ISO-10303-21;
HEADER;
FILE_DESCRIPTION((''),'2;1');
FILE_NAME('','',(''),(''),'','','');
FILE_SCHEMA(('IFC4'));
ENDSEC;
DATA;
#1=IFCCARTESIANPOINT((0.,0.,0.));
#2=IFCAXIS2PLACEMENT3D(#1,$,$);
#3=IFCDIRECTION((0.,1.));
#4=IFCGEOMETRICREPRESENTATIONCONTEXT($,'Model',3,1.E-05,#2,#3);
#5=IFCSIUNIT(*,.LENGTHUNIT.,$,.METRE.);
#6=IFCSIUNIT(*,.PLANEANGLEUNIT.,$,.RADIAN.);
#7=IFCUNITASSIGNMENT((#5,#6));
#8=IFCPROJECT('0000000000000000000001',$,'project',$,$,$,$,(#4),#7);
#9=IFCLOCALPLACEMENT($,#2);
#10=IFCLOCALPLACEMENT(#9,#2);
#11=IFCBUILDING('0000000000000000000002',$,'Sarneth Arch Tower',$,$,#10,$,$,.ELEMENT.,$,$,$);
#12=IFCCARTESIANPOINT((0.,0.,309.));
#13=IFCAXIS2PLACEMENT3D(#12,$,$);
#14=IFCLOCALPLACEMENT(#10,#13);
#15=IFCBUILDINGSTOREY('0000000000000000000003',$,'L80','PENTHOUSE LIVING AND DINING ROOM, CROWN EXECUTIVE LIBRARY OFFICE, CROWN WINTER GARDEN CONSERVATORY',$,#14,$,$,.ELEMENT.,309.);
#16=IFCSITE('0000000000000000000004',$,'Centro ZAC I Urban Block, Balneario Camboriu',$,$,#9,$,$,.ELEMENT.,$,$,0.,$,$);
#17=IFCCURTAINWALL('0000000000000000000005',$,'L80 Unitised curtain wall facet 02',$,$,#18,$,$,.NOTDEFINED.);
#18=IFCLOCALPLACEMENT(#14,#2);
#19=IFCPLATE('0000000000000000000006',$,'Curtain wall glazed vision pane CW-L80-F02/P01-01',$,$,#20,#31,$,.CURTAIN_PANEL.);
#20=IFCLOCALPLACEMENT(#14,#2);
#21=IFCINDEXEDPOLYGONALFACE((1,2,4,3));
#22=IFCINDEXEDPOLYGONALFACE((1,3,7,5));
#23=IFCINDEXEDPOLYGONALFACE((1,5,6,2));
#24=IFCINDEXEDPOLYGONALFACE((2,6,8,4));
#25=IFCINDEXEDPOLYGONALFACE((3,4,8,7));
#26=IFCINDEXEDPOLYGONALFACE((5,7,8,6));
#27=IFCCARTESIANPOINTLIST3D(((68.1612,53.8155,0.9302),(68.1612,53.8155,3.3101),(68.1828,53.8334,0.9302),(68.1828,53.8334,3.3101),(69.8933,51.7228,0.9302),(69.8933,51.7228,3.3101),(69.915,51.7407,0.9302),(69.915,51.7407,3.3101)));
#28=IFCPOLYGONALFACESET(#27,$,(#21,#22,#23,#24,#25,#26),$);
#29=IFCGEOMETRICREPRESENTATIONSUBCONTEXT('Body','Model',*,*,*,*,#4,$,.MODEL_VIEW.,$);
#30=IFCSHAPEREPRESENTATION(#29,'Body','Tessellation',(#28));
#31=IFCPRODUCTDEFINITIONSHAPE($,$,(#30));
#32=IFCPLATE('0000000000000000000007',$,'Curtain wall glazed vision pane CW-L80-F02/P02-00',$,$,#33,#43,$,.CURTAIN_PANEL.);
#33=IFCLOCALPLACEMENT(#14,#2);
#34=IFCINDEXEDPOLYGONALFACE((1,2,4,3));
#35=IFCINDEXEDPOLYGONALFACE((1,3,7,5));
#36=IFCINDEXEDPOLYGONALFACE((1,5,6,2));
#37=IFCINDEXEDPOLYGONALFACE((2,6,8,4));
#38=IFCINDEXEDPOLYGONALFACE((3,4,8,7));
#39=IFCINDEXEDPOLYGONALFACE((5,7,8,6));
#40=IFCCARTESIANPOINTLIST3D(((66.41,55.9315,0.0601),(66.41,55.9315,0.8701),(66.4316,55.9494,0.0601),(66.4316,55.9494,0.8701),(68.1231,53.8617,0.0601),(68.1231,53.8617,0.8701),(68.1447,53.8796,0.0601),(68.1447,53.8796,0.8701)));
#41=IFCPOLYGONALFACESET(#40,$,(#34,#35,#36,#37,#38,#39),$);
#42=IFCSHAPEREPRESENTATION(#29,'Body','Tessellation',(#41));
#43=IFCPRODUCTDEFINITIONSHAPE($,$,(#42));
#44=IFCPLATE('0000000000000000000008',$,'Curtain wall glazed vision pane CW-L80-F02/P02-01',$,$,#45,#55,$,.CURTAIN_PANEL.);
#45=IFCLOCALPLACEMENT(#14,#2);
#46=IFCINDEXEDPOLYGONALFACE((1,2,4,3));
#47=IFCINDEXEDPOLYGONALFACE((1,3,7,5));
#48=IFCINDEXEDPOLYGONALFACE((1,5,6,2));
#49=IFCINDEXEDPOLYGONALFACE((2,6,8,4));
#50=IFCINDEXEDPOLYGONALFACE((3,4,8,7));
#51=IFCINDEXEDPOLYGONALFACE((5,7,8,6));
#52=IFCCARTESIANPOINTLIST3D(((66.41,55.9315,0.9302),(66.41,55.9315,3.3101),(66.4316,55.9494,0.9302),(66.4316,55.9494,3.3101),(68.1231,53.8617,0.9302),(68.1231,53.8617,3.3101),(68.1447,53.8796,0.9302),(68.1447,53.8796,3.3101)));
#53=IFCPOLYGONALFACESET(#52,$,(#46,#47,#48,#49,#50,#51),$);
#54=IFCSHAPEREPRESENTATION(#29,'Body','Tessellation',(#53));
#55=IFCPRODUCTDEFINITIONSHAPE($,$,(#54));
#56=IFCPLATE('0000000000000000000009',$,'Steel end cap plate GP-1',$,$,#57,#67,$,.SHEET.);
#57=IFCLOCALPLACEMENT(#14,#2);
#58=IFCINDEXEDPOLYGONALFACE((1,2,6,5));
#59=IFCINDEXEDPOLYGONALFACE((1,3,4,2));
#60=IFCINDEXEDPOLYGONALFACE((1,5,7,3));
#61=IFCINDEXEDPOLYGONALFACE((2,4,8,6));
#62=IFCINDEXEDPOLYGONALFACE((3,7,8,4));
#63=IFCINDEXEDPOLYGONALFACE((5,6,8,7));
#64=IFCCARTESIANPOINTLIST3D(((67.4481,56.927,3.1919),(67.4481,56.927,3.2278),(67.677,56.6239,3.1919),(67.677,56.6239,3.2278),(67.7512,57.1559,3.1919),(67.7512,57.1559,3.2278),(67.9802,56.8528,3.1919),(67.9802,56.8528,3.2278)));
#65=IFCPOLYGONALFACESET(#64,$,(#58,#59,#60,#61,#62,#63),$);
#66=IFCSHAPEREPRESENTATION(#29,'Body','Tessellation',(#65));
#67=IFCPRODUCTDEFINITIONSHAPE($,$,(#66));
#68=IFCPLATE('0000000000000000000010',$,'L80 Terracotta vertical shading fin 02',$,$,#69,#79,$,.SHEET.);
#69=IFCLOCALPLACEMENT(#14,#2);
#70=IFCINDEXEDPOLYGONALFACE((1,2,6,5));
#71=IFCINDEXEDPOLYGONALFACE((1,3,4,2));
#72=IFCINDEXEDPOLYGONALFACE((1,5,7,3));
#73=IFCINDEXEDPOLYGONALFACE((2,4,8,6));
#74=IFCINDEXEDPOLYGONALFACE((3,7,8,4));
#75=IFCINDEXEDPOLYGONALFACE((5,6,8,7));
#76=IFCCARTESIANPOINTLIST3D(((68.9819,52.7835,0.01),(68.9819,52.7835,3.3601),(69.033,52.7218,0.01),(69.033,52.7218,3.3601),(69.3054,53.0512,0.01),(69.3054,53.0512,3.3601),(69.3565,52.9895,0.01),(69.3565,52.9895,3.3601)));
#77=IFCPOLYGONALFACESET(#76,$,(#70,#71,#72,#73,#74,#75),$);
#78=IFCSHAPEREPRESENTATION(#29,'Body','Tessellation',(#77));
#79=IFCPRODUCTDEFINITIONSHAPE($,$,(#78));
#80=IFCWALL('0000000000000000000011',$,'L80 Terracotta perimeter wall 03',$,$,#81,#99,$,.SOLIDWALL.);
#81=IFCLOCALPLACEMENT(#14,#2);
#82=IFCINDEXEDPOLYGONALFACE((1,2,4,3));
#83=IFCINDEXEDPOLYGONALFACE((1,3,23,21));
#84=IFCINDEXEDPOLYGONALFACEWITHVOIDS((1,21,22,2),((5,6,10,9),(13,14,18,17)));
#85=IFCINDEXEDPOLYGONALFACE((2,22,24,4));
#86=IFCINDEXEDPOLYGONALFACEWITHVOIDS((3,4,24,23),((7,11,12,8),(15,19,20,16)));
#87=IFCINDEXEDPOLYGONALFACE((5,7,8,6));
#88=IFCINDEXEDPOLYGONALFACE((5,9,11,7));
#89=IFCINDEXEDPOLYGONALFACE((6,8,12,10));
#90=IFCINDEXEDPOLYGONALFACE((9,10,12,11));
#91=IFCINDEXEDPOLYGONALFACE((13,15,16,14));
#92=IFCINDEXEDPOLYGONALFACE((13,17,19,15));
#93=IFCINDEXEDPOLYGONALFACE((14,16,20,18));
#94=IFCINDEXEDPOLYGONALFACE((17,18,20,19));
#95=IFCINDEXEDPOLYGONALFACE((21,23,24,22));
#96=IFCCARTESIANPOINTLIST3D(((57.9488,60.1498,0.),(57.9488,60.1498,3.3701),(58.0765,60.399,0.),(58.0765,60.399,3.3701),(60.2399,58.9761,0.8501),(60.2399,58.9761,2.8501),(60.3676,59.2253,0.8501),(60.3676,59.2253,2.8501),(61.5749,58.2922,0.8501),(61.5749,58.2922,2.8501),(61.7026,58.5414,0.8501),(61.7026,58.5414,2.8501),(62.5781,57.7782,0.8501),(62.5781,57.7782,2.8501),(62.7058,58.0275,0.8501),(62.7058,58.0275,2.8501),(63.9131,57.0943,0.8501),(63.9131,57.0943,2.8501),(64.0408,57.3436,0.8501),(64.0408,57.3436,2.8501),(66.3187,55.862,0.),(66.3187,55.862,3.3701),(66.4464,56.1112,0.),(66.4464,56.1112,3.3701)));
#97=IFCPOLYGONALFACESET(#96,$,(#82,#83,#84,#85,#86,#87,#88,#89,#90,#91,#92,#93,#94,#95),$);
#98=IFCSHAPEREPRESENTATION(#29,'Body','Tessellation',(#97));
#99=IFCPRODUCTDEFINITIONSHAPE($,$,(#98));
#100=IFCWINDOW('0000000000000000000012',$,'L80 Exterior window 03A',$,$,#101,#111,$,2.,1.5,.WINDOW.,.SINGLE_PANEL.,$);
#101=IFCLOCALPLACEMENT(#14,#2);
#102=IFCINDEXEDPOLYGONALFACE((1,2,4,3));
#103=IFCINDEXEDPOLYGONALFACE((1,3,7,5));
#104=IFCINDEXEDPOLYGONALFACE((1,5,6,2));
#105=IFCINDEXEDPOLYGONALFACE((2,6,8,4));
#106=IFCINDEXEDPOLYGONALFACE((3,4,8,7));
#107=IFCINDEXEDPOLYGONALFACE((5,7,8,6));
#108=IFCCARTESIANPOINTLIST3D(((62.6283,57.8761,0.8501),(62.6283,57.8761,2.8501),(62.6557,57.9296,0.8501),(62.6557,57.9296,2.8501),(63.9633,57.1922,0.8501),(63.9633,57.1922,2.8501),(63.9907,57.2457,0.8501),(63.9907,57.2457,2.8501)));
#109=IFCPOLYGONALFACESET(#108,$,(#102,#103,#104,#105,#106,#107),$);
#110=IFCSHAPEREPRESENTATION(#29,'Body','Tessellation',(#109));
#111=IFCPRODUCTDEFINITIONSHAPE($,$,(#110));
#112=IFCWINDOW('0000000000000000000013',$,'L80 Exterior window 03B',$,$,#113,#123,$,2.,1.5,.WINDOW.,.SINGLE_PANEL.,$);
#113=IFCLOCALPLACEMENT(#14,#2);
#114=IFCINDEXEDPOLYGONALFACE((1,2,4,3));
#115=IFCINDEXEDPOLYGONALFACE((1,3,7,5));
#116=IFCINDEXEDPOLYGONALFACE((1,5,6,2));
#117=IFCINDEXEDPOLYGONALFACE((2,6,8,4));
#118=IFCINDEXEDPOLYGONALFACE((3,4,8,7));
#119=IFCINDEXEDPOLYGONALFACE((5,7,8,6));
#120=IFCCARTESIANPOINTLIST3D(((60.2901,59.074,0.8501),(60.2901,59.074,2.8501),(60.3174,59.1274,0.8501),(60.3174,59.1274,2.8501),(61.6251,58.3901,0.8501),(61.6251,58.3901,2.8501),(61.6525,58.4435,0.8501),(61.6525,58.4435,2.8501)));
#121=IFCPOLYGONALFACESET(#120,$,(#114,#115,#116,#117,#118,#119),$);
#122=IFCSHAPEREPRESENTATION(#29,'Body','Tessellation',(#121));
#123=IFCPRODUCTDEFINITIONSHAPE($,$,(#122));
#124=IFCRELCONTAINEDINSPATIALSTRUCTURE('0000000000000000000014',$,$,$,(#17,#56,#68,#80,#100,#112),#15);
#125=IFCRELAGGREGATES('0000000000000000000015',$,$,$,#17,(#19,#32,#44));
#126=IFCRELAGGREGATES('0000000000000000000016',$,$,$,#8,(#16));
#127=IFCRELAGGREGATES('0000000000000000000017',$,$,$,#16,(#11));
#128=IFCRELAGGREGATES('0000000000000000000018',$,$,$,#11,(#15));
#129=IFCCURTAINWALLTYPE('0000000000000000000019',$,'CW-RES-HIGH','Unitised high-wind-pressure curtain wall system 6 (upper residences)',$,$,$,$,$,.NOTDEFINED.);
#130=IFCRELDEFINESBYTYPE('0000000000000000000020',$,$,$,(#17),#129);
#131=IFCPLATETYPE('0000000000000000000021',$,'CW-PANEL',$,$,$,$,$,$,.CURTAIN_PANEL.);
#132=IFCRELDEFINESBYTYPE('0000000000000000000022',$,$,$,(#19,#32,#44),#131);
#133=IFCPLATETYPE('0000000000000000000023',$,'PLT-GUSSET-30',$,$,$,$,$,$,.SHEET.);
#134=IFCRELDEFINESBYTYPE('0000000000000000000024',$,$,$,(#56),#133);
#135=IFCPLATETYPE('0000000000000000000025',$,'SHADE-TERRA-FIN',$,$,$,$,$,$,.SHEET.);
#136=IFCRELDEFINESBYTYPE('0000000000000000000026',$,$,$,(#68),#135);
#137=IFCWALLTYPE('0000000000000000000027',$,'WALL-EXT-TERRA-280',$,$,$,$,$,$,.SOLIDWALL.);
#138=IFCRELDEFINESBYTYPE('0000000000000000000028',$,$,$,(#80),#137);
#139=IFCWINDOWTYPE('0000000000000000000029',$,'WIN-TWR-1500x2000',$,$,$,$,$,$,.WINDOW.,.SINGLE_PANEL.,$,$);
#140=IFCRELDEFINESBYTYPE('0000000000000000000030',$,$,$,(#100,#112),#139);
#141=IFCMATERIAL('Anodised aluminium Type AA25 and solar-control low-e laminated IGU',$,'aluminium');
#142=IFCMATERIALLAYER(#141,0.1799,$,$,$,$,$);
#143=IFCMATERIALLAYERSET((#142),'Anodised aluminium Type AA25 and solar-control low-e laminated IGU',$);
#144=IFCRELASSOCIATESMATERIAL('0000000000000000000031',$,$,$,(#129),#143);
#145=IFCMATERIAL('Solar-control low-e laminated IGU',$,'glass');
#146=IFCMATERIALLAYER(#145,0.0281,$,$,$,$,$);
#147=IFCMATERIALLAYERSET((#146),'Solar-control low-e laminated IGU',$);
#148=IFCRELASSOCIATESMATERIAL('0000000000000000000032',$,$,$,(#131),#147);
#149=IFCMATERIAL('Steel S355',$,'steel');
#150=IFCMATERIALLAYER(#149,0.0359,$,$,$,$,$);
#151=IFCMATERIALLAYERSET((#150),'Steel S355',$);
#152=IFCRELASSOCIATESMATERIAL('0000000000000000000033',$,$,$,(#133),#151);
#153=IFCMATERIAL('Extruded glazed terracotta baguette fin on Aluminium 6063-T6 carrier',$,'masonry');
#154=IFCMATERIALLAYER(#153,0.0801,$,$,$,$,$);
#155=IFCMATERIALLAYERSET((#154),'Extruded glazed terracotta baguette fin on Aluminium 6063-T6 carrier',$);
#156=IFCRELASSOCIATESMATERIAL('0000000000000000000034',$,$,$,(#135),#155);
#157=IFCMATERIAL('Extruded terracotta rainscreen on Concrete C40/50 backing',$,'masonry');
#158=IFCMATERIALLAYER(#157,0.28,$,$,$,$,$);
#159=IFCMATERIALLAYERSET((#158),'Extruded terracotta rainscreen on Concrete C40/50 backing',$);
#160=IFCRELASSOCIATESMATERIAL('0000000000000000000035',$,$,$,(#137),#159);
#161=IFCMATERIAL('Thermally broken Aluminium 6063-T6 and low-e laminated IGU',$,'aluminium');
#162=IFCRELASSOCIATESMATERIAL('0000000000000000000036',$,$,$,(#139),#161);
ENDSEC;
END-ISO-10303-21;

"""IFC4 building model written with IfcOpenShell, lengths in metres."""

from ifc_helpers import new_model, si_unit, direction, frame, frame_2d, origin, origin_2d, place, context, subcontext, project, spatial, rectangle, extrude, material, layer, layer_set, type_object, element, fill, aggregate, save


model = new_model("IFC4")

# Units and contexts
model_context = context("Model", 3, precision=1e-05, world=origin(), true_north=direction((0.0, 1.0)))
body_context = subcontext(model_context, "Body", "Model", "MODEL_VIEW")
ifc_project = project(units=[si_unit("LENGTHUNIT", "METRE"), si_unit("PLANEANGLEUNIT", "RADIAN")], contexts=[model_context])

# Site, building, storey
site_placement = place(None, origin())
site = spatial("IfcSite", under=ifc_project, at=site_placement, Name="Centro ZAC I Urban Block, Balneario Camboriu", CompositionType="ELEMENT", RefElevation=0.0)
building_placement = place(site_placement, origin())
building = spatial("IfcBuilding", under=site, at=building_placement, Name="Sarneth Arch Tower", CompositionType="ELEMENT")
storey_placement = place(building_placement, frame((0.0, 0.0, 309.0)))
storey = spatial("IfcBuildingStorey", under=building, at=storey_placement, Name="L80", Description="PENTHOUSE LIVING AND DINING ROOM, CROWN EXECUTIVE LIBRARY OFFICE, CROWN WINTER GARDEN CONSERVATORY", CompositionType="ELEMENT", Elevation=309.0)

# Curtain wall
ifc_material_1 = material(Name="Anodised aluminium Type AA25 and solar-control low-e laminated IGU", Category="aluminium")
ifc_layer_1 = layer(ifc_material_1, 0.1799)
ifc_layer_set_1 = layer_set([ifc_layer_1], Name="Anodised aluminium Type AA25 and solar-control low-e laminated IGU")
curtain_wall_type = type_object("IfcCurtainWallType", Name="CW-RES-HIGH", Description="Unitised high-wind-pressure curtain wall system 6 (upper residences)", PredefinedType="NOTDEFINED", material=ifc_layer_set_1)
curtain_wall_placement = place(storey_placement, origin())
curtain_wall = element("IfcCurtainWall", 1, at=curtain_wall_placement, inside=storey, type_object=curtain_wall_type, Name="L80 Unitised curtain wall facet 02", PredefinedType="NOTDEFINED")

# Plates
ifc_material_2 = material(Name="Solar-control low-e laminated IGU", Category="glass")
ifc_layer_2 = layer(ifc_material_2, 0.0281)
ifc_layer_set_2 = layer_set([ifc_layer_2], Name="Solar-control low-e laminated IGU")
plate_type_1 = type_object("IfcPlateType", Name="CW-PANEL", PredefinedType="CURTAIN_PANEL", material=ifc_layer_set_2)
plate_1_placement = place(storey_placement, frame((69.0381, 52.7781, 0.9302), z_axis=(0.0, 0.0, 1.0), x_axis=(-0.63761, 0.770359, 0.0)))
plate_1 = element("IfcPlate", 2, at=plate_1_placement, type_object=plate_type_1, Name="Curtain wall glazed vision pane CW-L80-F02/P01-01", PredefinedType="CURTAIN_PANEL", context=body_context, shape_type="SweptSolid", body=[
    extrude(rectangle(XDim=2.7166, YDim=0.0281, at=origin_2d()), origin(), (0.0, 0.0, 1.0), 2.3799),
])
plate_2_placement = place(storey_placement, frame((67.2773, 54.9055, 0.0601), z_axis=(0.0, 0.0, 1.0), x_axis=(-0.63761, 0.770359, 0.0)))
plate_2 = element("IfcPlate", 3, at=plate_2_placement, type_object=plate_type_1, Name="Curtain wall glazed vision pane CW-L80-F02/P02-00", PredefinedType="CURTAIN_PANEL", context=body_context, shape_type="SweptSolid", body=[
    extrude(rectangle(XDim=2.6868, YDim=0.0281, at=origin_2d()), origin(), (0.0, 0.0, 1.0), 0.8101),
])
plate_3_placement = place(storey_placement, frame((67.2773, 54.9055, 0.9302), z_axis=(0.0, 0.0, 1.0), x_axis=(-0.63761, 0.770359, 0.0)))
plate_3 = element("IfcPlate", 4, at=plate_3_placement, type_object=plate_type_1, Name="Curtain wall glazed vision pane CW-L80-F02/P02-01", PredefinedType="CURTAIN_PANEL", context=body_context, shape_type="SweptSolid", body=[
    extrude(rectangle(XDim=2.6868, YDim=0.0281, at=origin_2d()), origin(), (0.0, 0.0, 1.0), 2.3799),
])
aggregate(curtain_wall, [plate_1, plate_2, plate_3])

# Plates
ifc_material_3 = material(Name="Steel S355", Category="steel")
ifc_layer_3 = layer(ifc_material_3, 0.0359)
ifc_layer_set_3 = layer_set([ifc_layer_3], Name="Steel S355")
plate_type_2 = type_object("IfcPlateType", Name="PLT-GUSSET-30", PredefinedType="SHEET", material=ifc_layer_set_3)
plate_4_placement = place(storey_placement, frame((67.7141, 56.8899, 3.1919), z_axis=(0.0, 0.0, 1.0), x_axis=(0.798005, 0.602651, 0.0)))
element("IfcPlate", 5, at=plate_4_placement, inside=storey, type_object=plate_type_2, Name="Steel end cap plate GP-1", PredefinedType="SHEET", context=body_context, shape_type="SweptSolid", body=[
    extrude(rectangle(XDim=0.3799, YDim=0.3799, at=origin_2d()), origin(), (0.0, 0.0, 1.0), 0.0359),
])
ifc_material_4 = material(Name="Extruded glazed terracotta baguette fin on Aluminium 6063-T6 carrier", Category="masonry")
ifc_layer_4 = layer(ifc_material_4, 0.0801)
ifc_layer_set_4 = layer_set([ifc_layer_4], Name="Extruded glazed terracotta baguette fin on Aluminium 6063-T6 carrier")
plate_type_3 = type_object("IfcPlateType", Name="SHADE-TERRA-FIN", PredefinedType="SHEET", material=ifc_layer_set_4)
plate_5_placement = place(storey_placement, frame((69.1692, 52.8865, 0.01), z_axis=(0.0, 0.0, 1.0), x_axis=(0.770402, 0.637558, 0.0)))
element("IfcPlate", 6, at=plate_5_placement, inside=storey, type_object=plate_type_3, Name="L80 Terracotta vertical shading fin 02", PredefinedType="SHEET", context=body_context, shape_type="SweptSolid", body=[
    extrude(rectangle(XDim=0.4199, YDim=0.0801, at=origin_2d()), origin(), (0.0, 0.0, 1.0), 3.3501),
])

# Wall, openings, windows
ifc_material_5 = material(Name="Extruded terracotta rainscreen on Concrete C40/50 backing", Category="masonry")
ifc_layer_5 = layer(ifc_material_5, 0.28)
ifc_layer_set_5 = layer_set([ifc_layer_5], Name="Extruded terracotta rainscreen on Concrete C40/50 backing")
wall_type = type_object("IfcWallType", Name="WALL-EXT-TERRA-280", PredefinedType="SOLIDWALL", material=ifc_layer_set_5)
wall_placement = place(storey_placement, frame((66.3826, 55.9866, 0.0), z_axis=(0.0, 0.0, 1.0), x_axis=(-0.890007, 0.455946, 0.0)))
wall = element("IfcWall", 7, at=wall_placement, inside=storey, type_object=wall_type, Name="L80 Terracotta perimeter wall 03", PredefinedType="SOLIDWALL", context=body_context, shape_type="SweptSolid", body=[
    extrude(rectangle(XDim=9.4043, YDim=0.28, at=frame_2d((4.7021, 0.0))), origin(), (0.0, 0.0, 1.0), 3.3701),
])
opening_1_placement = place(wall_placement, frame((2.7029, 0.0, 0.8501)))
opening_1 = element("IfcOpeningElement", 8, at=opening_1_placement, cuts=wall, PredefinedType="OPENING", context=body_context, shape_type="SweptSolid", body=[
    extrude(rectangle(XDim=1.5, YDim=2.0, at=frame_2d((0.75, 1.0))), frame((0.0, 0.1499, 0.0), z_axis=(0.0, -1.0, 0.0), x_axis=(1.0, 0.0, 0.0)), (0.0, 0.0, 1.0), 0.3),
])
opening_2_placement = place(wall_placement, frame((5.3301, 0.0, 0.8501)))
opening_2 = element("IfcOpeningElement", 9, at=opening_2_placement, cuts=wall, PredefinedType="OPENING", context=body_context, shape_type="SweptSolid", body=[
    extrude(rectangle(XDim=1.5, YDim=2.0, at=frame_2d((0.75, 1.0))), frame((0.0, 0.1499, 0.0), z_axis=(0.0, -1.0, 0.0), x_axis=(1.0, 0.0, 0.0)), (0.0, 0.0, 1.0), 0.3),
])
ifc_material_6 = material(Name="Thermally broken Aluminium 6063-T6 and low-e laminated IGU", Category="aluminium")
window_type = type_object("IfcWindowType", Name="WIN-TWR-1500x2000", PartitioningType="SINGLE_PANEL", PredefinedType="WINDOW", material=ifc_material_6)
window_1_placement = place(opening_1_placement, origin())
window_1 = element("IfcWindow", 10, at=window_1_placement, inside=storey, type_object=window_type, Name="L80 Exterior window 03A", OverallHeight=2.0, OverallWidth=1.5, PartitioningType="SINGLE_PANEL", PredefinedType="WINDOW", context=body_context, shape_type="SweptSolid", body=[
    extrude(rectangle(XDim=1.5, YDim=2.0, at=frame_2d((0.75, 1.0))), frame((0.0, 0.03, 0.0), z_axis=(0.0, -1.0, 0.0), x_axis=(1.0, 0.0, 0.0)), (0.0, 0.0, 1.0), 0.0601),
])
fill(opening_1, window_1)
window_2_placement = place(opening_2_placement, origin())
window_2 = element("IfcWindow", 11, at=window_2_placement, inside=storey, type_object=window_type, Name="L80 Exterior window 03B", OverallHeight=2.0, OverallWidth=1.5, PartitioningType="SINGLE_PANEL", PredefinedType="WINDOW", context=body_context, shape_type="SweptSolid", body=[
    extrude(rectangle(XDim=1.5, YDim=2.0, at=frame_2d((0.75, 1.0))), frame((0.0, 0.03, 0.0), z_axis=(0.0, -1.0, 0.0), x_axis=(1.0, 0.0, 0.0)), (0.0, 0.0, 1.0), 0.0601),
])
fill(opening_2, window_2)

save(model, "model.ifc")
